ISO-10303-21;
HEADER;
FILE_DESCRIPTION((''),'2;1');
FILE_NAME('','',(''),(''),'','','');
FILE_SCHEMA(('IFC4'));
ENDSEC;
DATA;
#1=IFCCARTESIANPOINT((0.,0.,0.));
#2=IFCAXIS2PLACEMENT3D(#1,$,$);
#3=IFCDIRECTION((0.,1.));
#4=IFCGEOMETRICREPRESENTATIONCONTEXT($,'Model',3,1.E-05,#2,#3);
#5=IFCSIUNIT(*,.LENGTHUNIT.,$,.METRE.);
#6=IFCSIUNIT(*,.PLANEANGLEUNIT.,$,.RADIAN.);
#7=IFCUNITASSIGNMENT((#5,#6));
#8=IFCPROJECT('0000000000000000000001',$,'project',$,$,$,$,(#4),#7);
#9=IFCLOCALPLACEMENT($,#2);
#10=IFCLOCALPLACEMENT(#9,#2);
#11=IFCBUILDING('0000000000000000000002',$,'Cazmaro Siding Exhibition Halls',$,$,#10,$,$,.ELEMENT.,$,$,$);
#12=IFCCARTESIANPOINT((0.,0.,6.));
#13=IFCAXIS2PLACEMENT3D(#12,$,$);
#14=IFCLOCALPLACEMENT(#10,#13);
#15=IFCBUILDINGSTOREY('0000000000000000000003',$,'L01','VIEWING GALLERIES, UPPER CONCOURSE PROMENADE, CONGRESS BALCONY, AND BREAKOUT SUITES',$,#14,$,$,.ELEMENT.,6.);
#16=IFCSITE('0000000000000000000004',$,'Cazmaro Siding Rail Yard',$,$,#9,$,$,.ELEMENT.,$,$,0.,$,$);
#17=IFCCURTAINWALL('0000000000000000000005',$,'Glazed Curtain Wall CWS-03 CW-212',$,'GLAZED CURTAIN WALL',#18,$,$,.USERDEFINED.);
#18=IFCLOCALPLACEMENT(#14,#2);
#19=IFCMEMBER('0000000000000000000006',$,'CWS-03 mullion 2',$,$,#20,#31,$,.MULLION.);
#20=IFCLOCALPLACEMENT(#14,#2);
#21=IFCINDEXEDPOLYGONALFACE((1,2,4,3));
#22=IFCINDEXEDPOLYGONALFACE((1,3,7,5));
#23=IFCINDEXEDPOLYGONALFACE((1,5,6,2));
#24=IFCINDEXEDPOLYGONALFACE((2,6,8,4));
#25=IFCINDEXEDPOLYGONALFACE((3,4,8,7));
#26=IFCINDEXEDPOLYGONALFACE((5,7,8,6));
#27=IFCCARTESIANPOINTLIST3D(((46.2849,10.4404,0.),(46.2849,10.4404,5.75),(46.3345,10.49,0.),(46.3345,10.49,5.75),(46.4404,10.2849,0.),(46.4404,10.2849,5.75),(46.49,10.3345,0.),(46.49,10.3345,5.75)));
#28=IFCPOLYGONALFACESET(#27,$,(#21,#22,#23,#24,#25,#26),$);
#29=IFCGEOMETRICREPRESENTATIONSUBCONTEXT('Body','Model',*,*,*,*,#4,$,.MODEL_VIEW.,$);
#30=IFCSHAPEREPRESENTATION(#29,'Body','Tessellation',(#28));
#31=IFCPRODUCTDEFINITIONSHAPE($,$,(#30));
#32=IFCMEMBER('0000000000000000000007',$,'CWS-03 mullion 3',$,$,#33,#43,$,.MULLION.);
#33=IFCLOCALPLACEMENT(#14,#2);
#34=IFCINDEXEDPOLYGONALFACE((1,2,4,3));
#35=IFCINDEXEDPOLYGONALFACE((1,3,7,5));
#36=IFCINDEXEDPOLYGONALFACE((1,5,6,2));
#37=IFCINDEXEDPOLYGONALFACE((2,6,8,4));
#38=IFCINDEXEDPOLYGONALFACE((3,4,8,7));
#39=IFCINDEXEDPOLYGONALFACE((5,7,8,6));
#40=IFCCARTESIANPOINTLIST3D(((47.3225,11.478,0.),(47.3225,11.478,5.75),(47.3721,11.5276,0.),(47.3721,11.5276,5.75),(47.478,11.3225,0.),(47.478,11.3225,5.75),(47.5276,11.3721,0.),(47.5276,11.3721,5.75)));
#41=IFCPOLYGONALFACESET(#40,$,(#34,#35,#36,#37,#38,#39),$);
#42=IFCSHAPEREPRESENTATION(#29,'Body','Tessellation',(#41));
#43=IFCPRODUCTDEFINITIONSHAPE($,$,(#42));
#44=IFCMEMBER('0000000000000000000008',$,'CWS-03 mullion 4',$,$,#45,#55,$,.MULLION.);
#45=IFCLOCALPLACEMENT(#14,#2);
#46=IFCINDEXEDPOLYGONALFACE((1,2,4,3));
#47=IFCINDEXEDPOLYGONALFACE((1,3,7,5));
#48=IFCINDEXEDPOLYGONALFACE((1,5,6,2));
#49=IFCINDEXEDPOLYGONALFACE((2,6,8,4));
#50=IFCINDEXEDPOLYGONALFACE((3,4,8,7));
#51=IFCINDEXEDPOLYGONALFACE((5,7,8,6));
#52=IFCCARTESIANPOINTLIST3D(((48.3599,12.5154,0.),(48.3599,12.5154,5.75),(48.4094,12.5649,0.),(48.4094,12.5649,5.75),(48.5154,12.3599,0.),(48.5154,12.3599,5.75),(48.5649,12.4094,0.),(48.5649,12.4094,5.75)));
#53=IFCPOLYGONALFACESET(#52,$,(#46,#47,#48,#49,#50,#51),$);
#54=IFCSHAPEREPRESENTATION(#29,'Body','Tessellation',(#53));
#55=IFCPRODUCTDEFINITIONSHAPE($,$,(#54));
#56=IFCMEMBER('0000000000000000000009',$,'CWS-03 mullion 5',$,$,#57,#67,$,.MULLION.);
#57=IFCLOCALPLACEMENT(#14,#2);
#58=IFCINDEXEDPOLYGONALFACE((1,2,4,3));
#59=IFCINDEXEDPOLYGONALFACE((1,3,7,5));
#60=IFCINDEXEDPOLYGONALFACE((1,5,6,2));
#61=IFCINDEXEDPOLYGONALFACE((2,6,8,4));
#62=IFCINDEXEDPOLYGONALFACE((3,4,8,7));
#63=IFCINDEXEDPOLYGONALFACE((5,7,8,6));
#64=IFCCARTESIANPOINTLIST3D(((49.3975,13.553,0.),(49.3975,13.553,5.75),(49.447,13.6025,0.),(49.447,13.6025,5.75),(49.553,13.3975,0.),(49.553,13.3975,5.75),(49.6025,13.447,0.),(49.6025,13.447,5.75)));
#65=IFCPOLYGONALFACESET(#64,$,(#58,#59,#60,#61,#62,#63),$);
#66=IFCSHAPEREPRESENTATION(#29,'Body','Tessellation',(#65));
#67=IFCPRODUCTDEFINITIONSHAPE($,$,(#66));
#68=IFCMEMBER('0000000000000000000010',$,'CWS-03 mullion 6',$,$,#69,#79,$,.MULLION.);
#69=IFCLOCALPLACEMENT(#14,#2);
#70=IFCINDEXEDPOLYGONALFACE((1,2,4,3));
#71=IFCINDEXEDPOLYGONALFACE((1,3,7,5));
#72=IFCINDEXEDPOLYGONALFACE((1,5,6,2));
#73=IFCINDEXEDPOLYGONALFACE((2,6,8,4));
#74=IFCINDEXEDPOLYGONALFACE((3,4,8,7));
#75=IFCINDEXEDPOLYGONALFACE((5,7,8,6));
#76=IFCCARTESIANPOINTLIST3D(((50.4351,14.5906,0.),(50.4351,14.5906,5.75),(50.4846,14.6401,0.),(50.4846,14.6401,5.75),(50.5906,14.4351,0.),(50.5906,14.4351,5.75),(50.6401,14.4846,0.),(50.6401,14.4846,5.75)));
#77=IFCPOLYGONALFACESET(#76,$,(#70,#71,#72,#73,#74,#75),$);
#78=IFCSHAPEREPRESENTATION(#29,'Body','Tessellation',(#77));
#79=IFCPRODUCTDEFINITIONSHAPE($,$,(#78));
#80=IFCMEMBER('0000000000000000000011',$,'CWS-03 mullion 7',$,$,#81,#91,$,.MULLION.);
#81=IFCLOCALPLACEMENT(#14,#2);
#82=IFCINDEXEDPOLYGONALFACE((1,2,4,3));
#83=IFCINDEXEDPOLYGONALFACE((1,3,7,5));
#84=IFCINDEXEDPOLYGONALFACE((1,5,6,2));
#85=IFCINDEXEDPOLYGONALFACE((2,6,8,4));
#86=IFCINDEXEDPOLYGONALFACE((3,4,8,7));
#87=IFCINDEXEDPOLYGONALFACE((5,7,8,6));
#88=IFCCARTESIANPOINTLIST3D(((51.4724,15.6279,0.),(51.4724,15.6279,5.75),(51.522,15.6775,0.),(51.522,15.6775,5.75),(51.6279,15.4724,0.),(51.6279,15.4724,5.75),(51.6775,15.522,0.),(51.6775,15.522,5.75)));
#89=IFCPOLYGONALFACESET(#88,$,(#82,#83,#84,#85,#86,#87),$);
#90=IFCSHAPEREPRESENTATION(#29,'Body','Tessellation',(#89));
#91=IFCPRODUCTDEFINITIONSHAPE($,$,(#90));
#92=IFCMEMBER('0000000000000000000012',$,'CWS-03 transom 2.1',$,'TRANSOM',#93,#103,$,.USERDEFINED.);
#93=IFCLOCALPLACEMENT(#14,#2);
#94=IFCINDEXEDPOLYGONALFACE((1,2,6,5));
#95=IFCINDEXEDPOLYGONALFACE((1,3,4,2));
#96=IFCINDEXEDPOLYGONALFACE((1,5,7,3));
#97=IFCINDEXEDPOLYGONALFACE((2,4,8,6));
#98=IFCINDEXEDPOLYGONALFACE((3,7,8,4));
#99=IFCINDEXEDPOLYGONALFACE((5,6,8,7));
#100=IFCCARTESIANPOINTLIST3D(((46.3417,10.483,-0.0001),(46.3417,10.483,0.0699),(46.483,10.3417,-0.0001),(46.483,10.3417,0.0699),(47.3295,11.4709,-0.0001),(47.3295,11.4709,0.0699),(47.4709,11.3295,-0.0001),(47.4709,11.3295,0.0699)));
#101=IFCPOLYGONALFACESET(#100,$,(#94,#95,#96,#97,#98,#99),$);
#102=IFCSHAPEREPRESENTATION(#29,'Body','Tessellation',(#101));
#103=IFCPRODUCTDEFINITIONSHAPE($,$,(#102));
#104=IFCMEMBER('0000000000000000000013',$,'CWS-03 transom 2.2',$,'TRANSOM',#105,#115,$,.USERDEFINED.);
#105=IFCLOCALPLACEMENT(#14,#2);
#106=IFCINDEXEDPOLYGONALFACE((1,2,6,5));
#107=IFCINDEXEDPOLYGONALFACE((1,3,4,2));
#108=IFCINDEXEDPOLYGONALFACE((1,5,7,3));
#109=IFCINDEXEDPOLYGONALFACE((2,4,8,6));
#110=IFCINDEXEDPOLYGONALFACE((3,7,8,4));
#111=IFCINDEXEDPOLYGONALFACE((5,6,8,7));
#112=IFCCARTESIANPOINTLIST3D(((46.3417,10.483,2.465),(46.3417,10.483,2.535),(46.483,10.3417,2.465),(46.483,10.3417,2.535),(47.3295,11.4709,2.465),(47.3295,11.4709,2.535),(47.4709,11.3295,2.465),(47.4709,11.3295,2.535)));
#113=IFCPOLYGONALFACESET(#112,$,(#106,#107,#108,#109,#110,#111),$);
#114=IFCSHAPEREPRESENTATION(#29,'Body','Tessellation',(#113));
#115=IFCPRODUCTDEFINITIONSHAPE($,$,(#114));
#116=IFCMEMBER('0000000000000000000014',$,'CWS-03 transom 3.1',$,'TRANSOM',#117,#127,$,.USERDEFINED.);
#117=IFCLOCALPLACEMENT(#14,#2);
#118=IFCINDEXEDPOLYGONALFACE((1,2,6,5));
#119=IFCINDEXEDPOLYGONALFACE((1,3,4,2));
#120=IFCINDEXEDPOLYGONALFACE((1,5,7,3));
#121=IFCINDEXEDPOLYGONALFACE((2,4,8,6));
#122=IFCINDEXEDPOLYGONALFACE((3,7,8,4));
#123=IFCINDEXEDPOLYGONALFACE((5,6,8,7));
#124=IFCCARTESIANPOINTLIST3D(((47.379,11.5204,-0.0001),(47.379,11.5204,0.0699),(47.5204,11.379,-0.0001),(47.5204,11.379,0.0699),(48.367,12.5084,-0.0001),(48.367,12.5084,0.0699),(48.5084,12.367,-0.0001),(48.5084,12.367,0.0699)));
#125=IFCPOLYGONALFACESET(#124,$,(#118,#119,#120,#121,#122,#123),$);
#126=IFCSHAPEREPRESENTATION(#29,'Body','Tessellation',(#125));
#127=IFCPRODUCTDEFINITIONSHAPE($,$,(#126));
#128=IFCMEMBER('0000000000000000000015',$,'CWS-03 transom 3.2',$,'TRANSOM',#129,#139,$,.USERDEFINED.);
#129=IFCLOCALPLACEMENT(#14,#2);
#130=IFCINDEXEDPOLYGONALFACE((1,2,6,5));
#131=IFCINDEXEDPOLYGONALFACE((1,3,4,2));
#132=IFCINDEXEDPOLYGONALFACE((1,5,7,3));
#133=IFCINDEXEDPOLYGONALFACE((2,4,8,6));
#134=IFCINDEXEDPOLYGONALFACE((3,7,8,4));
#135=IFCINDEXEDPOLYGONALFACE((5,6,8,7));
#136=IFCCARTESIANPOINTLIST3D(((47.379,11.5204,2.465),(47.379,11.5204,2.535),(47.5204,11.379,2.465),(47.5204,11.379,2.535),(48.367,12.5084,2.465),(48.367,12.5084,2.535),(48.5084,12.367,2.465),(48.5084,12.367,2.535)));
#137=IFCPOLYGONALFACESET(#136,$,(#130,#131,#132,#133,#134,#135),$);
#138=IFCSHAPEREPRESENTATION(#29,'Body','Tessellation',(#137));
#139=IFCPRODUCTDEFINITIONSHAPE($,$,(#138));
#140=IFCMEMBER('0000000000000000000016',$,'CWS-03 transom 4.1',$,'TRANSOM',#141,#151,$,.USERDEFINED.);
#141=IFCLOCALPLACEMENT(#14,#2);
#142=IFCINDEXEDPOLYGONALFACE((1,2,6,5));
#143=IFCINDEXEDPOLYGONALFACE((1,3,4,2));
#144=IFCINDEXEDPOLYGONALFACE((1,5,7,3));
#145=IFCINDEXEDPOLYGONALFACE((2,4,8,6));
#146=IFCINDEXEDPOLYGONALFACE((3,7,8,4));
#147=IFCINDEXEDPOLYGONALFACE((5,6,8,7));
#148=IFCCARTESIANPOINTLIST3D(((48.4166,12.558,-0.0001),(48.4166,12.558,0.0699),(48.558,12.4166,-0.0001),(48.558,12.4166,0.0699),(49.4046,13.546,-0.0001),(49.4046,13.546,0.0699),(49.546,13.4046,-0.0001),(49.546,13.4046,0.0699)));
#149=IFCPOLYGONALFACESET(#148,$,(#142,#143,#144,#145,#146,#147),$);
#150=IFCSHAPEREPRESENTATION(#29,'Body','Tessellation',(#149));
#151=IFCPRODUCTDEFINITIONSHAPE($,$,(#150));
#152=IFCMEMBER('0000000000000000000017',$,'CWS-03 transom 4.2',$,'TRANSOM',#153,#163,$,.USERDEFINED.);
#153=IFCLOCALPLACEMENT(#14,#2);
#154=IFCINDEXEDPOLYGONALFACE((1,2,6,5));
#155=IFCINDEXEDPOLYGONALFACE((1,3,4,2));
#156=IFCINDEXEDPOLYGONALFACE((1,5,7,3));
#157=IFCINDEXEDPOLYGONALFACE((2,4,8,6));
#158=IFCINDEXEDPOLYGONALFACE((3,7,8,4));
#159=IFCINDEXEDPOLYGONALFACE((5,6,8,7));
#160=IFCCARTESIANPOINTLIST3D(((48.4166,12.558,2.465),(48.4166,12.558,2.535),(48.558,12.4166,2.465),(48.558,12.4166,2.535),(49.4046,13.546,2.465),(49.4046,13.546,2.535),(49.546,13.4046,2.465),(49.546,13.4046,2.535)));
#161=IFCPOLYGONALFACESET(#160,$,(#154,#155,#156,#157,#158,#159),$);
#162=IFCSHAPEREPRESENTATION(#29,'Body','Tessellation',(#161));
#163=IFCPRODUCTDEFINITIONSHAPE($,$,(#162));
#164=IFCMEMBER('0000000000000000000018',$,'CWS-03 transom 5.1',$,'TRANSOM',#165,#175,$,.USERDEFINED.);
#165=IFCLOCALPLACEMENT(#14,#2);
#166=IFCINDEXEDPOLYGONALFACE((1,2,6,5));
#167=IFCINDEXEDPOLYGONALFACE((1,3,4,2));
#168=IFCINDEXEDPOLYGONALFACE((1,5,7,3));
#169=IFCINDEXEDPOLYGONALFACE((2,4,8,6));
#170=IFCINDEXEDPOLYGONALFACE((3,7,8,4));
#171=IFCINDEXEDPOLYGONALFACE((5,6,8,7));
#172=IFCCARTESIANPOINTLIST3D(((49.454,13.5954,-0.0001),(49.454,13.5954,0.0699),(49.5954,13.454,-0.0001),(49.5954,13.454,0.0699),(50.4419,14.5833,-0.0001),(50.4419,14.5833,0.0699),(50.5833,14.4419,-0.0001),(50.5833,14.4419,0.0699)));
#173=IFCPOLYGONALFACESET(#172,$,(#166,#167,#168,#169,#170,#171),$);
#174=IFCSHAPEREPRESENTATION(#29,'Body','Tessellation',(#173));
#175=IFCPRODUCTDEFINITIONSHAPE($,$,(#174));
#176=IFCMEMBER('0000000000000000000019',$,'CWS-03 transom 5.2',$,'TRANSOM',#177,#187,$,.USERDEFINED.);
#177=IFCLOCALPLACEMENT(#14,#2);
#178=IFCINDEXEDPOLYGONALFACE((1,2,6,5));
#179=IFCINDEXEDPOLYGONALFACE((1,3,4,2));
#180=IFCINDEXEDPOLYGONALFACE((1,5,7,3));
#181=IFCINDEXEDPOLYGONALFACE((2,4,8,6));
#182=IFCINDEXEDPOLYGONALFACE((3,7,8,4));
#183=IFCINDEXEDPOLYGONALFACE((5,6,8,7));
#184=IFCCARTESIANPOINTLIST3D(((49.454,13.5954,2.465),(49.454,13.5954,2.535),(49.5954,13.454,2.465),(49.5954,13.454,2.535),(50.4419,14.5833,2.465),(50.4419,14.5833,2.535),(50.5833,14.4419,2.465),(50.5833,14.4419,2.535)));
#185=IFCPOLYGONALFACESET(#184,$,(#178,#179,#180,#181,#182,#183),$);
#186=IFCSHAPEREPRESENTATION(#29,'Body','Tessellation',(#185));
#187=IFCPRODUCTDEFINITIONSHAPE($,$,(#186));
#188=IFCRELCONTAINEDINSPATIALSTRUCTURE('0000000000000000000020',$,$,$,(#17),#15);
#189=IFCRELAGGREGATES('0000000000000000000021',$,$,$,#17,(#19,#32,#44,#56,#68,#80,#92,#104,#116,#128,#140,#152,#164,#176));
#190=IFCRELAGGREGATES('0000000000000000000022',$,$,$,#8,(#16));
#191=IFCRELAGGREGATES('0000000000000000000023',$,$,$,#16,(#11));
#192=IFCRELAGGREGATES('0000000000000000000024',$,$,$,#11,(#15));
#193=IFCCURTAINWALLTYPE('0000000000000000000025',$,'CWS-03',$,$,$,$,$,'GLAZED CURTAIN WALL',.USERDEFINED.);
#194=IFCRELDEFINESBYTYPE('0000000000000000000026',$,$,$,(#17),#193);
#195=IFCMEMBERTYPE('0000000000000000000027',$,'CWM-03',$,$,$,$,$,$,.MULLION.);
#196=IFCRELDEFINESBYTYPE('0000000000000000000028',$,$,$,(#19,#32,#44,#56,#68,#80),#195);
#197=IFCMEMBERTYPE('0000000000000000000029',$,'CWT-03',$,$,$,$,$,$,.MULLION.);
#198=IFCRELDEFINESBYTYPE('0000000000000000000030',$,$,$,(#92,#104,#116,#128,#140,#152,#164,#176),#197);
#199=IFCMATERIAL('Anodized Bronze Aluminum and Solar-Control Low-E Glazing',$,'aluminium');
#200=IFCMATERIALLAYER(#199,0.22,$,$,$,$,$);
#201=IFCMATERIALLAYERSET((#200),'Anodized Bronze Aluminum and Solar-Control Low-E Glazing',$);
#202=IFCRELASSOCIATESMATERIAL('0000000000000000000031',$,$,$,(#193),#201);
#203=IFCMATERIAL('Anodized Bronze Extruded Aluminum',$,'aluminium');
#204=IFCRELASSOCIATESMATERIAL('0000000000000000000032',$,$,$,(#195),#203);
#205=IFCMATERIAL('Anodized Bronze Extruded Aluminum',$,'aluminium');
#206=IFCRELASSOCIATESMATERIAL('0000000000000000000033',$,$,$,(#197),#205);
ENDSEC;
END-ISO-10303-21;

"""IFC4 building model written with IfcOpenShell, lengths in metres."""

from ifc_helpers import new_model, si_unit, direction, frame, origin, origin_2d, place, context, subcontext, project, spatial, rectangle, extrude, material, layer, layer_set, material_profile, profile_set, type_object, element, aggregate, save


model = new_model("IFC4")

# Units and contexts
model_context = context("Model", 3, precision=1e-05, world=origin(), true_north=direction((0.0, 1.0)))
body_context = subcontext(model_context, "Body", "Model", "MODEL_VIEW")
ifc_project = project(units=[si_unit("LENGTHUNIT", "METRE"), si_unit("PLANEANGLEUNIT", "RADIAN")], contexts=[model_context])

# Site, building, storey
site_placement = place(None, origin())
site = spatial("IfcSite", under=ifc_project, at=site_placement, Name="Cazmaro Siding Rail Yard", CompositionType="ELEMENT", RefElevation=0.0)
building_placement = place(site_placement, origin())
building = spatial("IfcBuilding", under=site, at=building_placement, Name="Cazmaro Siding Exhibition Halls", CompositionType="ELEMENT")
storey_placement = place(building_placement, frame((0.0, 0.0, 6.0)))
storey = spatial("IfcBuildingStorey", under=building, at=storey_placement, Name="L01", Description="VIEWING GALLERIES, UPPER CONCOURSE PROMENADE, CONGRESS BALCONY, AND BREAKOUT SUITES", CompositionType="ELEMENT", Elevation=6.0)

# Curtain wall, members
ifc_material_1 = material(Name="Anodized Bronze Aluminum and Solar-Control Low-E Glazing", Category="aluminium")
ifc_layer_1 = layer(ifc_material_1, 0.22)
ifc_layer_set_1 = layer_set([ifc_layer_1], Name="Anodized Bronze Aluminum and Solar-Control Low-E Glazing")
curtain_wall_type = type_object("IfcCurtainWallType", Name="CWS-03", ElementType="GLAZED CURTAIN WALL", PredefinedType="USERDEFINED", material=ifc_layer_set_1)
curtain_wall_placement = place(storey_placement, origin())
curtain_wall = element("IfcCurtainWall", 1, at=curtain_wall_placement, inside=storey, type_object=curtain_wall_type, Name="Glazed Curtain Wall CWS-03 CW-212", ObjectType="GLAZED CURTAIN WALL", PredefinedType="USERDEFINED")
ifc_material_2 = material(Name="Anodized Bronze Extruded Aluminum", Category="aluminium")
ifc_material_profile_1 = material_profile(ifc_material_2, rectangle(XDim=0.22, YDim=0.0701, at=origin_2d()), Name="CWM-03")
ifc_profile_set_1 = profile_set([ifc_material_profile_1], Name="Anodized Bronze Extruded Aluminum")
member_type_1 = type_object("IfcMemberType", Name="CWM-03", PredefinedType="MULLION", material=ifc_profile_set_1)
member_1_placement = place(storey_placement, frame((46.3875, 10.3875, 0.0), z_axis=(0.0, 0.0, 1.0), x_axis=(-0.707107, 0.707107, 0.0)))
member_1 = element("IfcMember", 2, at=member_1_placement, type_object=member_type_1, Name="CWS-03 mullion 2", PredefinedType="MULLION", context=body_context, shape_type="SweptSolid", body=[
    extrude(rectangle(XDim=0.22, YDim=0.0701, at=origin_2d()), origin(), (0.0, 0.0, 1.0), 5.75),
])
member_2_placement = place(storey_placement, frame((47.425, 11.425, 0.0), z_axis=(0.0, 0.0, 1.0), x_axis=(-0.707107, 0.707107, 0.0)))
member_2 = element("IfcMember", 3, at=member_2_placement, type_object=member_type_1, Name="CWS-03 mullion 3", PredefinedType="MULLION", context=body_context, shape_type="SweptSolid", body=[
    extrude(rectangle(XDim=0.22, YDim=0.0701, at=origin_2d()), origin(), (0.0, 0.0, 1.0), 5.75),
])
member_3_placement = place(storey_placement, frame((48.4624, 12.4624, 0.0), z_axis=(0.0, 0.0, 1.0), x_axis=(-0.707107, 0.707107, 0.0)))
member_3 = element("IfcMember", 4, at=member_3_placement, type_object=member_type_1, Name="CWS-03 mullion 4", PredefinedType="MULLION", context=body_context, shape_type="SweptSolid", body=[
    extrude(rectangle(XDim=0.22, YDim=0.0701, at=origin_2d()), origin(), (0.0, 0.0, 1.0), 5.75),
])
member_4_placement = place(storey_placement, frame((49.5, 13.5, 0.0), z_axis=(0.0, 0.0, 1.0), x_axis=(-0.707107, 0.707107, 0.0)))
member_4 = element("IfcMember", 5, at=member_4_placement, type_object=member_type_1, Name="CWS-03 mullion 5", PredefinedType="MULLION", context=body_context, shape_type="SweptSolid", body=[
    extrude(rectangle(XDim=0.22, YDim=0.0701, at=origin_2d()), origin(), (0.0, 0.0, 1.0), 5.75),
])
member_5_placement = place(storey_placement, frame((50.5376, 14.5376, 0.0), z_axis=(0.0, 0.0, 1.0), x_axis=(-0.707107, 0.707107, 0.0)))
member_5 = element("IfcMember", 6, at=member_5_placement, type_object=member_type_1, Name="CWS-03 mullion 6", PredefinedType="MULLION", context=body_context, shape_type="SweptSolid", body=[
    extrude(rectangle(XDim=0.22, YDim=0.0701, at=origin_2d()), origin(), (0.0, 0.0, 1.0), 5.75),
])
member_6_placement = place(storey_placement, frame((51.575, 15.575, 0.0), z_axis=(0.0, 0.0, 1.0), x_axis=(-0.707107, 0.707107, 0.0)))
member_6 = element("IfcMember", 7, at=member_6_placement, type_object=member_type_1, Name="CWS-03 mullion 7", PredefinedType="MULLION", context=body_context, shape_type="SweptSolid", body=[
    extrude(rectangle(XDim=0.22, YDim=0.0701, at=origin_2d()), origin(), (0.0, 0.0, 1.0), 5.75),
])
ifc_material_3 = material(Name="Anodized Bronze Extruded Aluminum", Category="aluminium")
ifc_material_profile_2 = material_profile(ifc_material_3, rectangle(XDim=0.2, YDim=0.0701, at=origin_2d()), Name="CWT-03")
ifc_profile_set_2 = profile_set([ifc_material_profile_2], Name="Anodized Bronze Extruded Aluminum")
member_type_2 = type_object("IfcMemberType", Name="CWT-03", PredefinedType="MULLION", material=ifc_profile_set_2)
member_7_placement = place(storey_placement, frame((46.4124, 10.4124, 0.0349), z_axis=(0.707107, 0.707107, 0.0), x_axis=(-0.707107, 0.707107, 0.0)))
member_7 = element("IfcMember", 8, at=member_7_placement, type_object=member_type_2, Name="CWS-03 transom 2.1", ObjectType="TRANSOM", PredefinedType="USERDEFINED", context=body_context, shape_type="SweptSolid", body=[
    extrude(rectangle(XDim=0.2, YDim=0.0701, at=origin_2d()), origin(), (0.0, 0.0, 1.0), 1.397),
])
member_8_placement = place(storey_placement, frame((46.4124, 10.4124, 2.5), z_axis=(0.707107, 0.707107, 0.0), x_axis=(-0.707107, 0.707107, 0.0)))
member_8 = element("IfcMember", 9, at=member_8_placement, type_object=member_type_2, Name="CWS-03 transom 2.2", ObjectType="TRANSOM", PredefinedType="USERDEFINED", context=body_context, shape_type="SweptSolid", body=[
    extrude(rectangle(XDim=0.2, YDim=0.0701, at=origin_2d()), origin(), (0.0, 0.0, 1.0), 1.397),
])
member_9_placement = place(storey_placement, frame((47.4497, 11.4497, 0.0349), z_axis=(0.707107, 0.707107, 0.0), x_axis=(-0.707107, 0.707107, 0.0)))
member_9 = element("IfcMember", 10, at=member_9_placement, type_object=member_type_2, Name="CWS-03 transom 3.1", ObjectType="TRANSOM", PredefinedType="USERDEFINED", context=body_context, shape_type="SweptSolid", body=[
    extrude(rectangle(XDim=0.2, YDim=0.0701, at=origin_2d()), origin(), (0.0, 0.0, 1.0), 1.3972),
])
member_10_placement = place(storey_placement, frame((47.4497, 11.4497, 2.5), z_axis=(0.707107, 0.707107, 0.0), x_axis=(-0.707107, 0.707107, 0.0)))
member_10 = element("IfcMember", 11, at=member_10_placement, type_object=member_type_2, Name="CWS-03 transom 3.2", ObjectType="TRANSOM", PredefinedType="USERDEFINED", context=body_context, shape_type="SweptSolid", body=[
    extrude(rectangle(XDim=0.2, YDim=0.0701, at=origin_2d()), origin(), (0.0, 0.0, 1.0), 1.3972),
])
member_11_placement = place(storey_placement, frame((48.4873, 12.4873, 0.0349), z_axis=(0.707107, 0.707107, 0.0), x_axis=(-0.707107, 0.707107, 0.0)))
member_11 = element("IfcMember", 12, at=member_11_placement, type_object=member_type_2, Name="CWS-03 transom 4.1", ObjectType="TRANSOM", PredefinedType="USERDEFINED", context=body_context, shape_type="SweptSolid", body=[
    extrude(rectangle(XDim=0.2, YDim=0.0701, at=origin_2d()), origin(), (0.0, 0.0, 1.0), 1.3972),
])
member_12_placement = place(storey_placement, frame((48.4873, 12.4873, 2.5), z_axis=(0.707107, 0.707107, 0.0), x_axis=(-0.707107, 0.707107, 0.0)))
member_12 = element("IfcMember", 13, at=member_12_placement, type_object=member_type_2, Name="CWS-03 transom 4.2", ObjectType="TRANSOM", PredefinedType="USERDEFINED", context=body_context, shape_type="SweptSolid", body=[
    extrude(rectangle(XDim=0.2, YDim=0.0701, at=origin_2d()), origin(), (0.0, 0.0, 1.0), 1.3972),
])
member_13_placement = place(storey_placement, frame((49.5247, 13.5247, 0.0349), z_axis=(0.707107, 0.707107, 0.0), x_axis=(-0.707107, 0.707107, 0.0)))
member_13 = element("IfcMember", 14, at=member_13_placement, type_object=member_type_2, Name="CWS-03 transom 5.1", ObjectType="TRANSOM", PredefinedType="USERDEFINED", context=body_context, shape_type="SweptSolid", body=[
    extrude(rectangle(XDim=0.2, YDim=0.0701, at=origin_2d()), origin(), (0.0, 0.0, 1.0), 1.3972),
])
member_14_placement = place(storey_placement, frame((49.5247, 13.5247, 2.5), z_axis=(0.707107, 0.707107, 0.0), x_axis=(-0.707107, 0.707107, 0.0)))
member_14 = element("IfcMember", 15, at=member_14_placement, type_object=member_type_2, Name="CWS-03 transom 5.2", ObjectType="TRANSOM", PredefinedType="USERDEFINED", context=body_context, shape_type="SweptSolid", body=[
    extrude(rectangle(XDim=0.2, YDim=0.0701, at=origin_2d()), origin(), (0.0, 0.0, 1.0), 1.3972),
])
aggregate(curtain_wall, [member_1, member_2, member_3, member_4, member_5, member_6, member_7, member_8, member_9, member_10, member_11, member_12, member_13, member_14])

save(model, "model.ifc")
